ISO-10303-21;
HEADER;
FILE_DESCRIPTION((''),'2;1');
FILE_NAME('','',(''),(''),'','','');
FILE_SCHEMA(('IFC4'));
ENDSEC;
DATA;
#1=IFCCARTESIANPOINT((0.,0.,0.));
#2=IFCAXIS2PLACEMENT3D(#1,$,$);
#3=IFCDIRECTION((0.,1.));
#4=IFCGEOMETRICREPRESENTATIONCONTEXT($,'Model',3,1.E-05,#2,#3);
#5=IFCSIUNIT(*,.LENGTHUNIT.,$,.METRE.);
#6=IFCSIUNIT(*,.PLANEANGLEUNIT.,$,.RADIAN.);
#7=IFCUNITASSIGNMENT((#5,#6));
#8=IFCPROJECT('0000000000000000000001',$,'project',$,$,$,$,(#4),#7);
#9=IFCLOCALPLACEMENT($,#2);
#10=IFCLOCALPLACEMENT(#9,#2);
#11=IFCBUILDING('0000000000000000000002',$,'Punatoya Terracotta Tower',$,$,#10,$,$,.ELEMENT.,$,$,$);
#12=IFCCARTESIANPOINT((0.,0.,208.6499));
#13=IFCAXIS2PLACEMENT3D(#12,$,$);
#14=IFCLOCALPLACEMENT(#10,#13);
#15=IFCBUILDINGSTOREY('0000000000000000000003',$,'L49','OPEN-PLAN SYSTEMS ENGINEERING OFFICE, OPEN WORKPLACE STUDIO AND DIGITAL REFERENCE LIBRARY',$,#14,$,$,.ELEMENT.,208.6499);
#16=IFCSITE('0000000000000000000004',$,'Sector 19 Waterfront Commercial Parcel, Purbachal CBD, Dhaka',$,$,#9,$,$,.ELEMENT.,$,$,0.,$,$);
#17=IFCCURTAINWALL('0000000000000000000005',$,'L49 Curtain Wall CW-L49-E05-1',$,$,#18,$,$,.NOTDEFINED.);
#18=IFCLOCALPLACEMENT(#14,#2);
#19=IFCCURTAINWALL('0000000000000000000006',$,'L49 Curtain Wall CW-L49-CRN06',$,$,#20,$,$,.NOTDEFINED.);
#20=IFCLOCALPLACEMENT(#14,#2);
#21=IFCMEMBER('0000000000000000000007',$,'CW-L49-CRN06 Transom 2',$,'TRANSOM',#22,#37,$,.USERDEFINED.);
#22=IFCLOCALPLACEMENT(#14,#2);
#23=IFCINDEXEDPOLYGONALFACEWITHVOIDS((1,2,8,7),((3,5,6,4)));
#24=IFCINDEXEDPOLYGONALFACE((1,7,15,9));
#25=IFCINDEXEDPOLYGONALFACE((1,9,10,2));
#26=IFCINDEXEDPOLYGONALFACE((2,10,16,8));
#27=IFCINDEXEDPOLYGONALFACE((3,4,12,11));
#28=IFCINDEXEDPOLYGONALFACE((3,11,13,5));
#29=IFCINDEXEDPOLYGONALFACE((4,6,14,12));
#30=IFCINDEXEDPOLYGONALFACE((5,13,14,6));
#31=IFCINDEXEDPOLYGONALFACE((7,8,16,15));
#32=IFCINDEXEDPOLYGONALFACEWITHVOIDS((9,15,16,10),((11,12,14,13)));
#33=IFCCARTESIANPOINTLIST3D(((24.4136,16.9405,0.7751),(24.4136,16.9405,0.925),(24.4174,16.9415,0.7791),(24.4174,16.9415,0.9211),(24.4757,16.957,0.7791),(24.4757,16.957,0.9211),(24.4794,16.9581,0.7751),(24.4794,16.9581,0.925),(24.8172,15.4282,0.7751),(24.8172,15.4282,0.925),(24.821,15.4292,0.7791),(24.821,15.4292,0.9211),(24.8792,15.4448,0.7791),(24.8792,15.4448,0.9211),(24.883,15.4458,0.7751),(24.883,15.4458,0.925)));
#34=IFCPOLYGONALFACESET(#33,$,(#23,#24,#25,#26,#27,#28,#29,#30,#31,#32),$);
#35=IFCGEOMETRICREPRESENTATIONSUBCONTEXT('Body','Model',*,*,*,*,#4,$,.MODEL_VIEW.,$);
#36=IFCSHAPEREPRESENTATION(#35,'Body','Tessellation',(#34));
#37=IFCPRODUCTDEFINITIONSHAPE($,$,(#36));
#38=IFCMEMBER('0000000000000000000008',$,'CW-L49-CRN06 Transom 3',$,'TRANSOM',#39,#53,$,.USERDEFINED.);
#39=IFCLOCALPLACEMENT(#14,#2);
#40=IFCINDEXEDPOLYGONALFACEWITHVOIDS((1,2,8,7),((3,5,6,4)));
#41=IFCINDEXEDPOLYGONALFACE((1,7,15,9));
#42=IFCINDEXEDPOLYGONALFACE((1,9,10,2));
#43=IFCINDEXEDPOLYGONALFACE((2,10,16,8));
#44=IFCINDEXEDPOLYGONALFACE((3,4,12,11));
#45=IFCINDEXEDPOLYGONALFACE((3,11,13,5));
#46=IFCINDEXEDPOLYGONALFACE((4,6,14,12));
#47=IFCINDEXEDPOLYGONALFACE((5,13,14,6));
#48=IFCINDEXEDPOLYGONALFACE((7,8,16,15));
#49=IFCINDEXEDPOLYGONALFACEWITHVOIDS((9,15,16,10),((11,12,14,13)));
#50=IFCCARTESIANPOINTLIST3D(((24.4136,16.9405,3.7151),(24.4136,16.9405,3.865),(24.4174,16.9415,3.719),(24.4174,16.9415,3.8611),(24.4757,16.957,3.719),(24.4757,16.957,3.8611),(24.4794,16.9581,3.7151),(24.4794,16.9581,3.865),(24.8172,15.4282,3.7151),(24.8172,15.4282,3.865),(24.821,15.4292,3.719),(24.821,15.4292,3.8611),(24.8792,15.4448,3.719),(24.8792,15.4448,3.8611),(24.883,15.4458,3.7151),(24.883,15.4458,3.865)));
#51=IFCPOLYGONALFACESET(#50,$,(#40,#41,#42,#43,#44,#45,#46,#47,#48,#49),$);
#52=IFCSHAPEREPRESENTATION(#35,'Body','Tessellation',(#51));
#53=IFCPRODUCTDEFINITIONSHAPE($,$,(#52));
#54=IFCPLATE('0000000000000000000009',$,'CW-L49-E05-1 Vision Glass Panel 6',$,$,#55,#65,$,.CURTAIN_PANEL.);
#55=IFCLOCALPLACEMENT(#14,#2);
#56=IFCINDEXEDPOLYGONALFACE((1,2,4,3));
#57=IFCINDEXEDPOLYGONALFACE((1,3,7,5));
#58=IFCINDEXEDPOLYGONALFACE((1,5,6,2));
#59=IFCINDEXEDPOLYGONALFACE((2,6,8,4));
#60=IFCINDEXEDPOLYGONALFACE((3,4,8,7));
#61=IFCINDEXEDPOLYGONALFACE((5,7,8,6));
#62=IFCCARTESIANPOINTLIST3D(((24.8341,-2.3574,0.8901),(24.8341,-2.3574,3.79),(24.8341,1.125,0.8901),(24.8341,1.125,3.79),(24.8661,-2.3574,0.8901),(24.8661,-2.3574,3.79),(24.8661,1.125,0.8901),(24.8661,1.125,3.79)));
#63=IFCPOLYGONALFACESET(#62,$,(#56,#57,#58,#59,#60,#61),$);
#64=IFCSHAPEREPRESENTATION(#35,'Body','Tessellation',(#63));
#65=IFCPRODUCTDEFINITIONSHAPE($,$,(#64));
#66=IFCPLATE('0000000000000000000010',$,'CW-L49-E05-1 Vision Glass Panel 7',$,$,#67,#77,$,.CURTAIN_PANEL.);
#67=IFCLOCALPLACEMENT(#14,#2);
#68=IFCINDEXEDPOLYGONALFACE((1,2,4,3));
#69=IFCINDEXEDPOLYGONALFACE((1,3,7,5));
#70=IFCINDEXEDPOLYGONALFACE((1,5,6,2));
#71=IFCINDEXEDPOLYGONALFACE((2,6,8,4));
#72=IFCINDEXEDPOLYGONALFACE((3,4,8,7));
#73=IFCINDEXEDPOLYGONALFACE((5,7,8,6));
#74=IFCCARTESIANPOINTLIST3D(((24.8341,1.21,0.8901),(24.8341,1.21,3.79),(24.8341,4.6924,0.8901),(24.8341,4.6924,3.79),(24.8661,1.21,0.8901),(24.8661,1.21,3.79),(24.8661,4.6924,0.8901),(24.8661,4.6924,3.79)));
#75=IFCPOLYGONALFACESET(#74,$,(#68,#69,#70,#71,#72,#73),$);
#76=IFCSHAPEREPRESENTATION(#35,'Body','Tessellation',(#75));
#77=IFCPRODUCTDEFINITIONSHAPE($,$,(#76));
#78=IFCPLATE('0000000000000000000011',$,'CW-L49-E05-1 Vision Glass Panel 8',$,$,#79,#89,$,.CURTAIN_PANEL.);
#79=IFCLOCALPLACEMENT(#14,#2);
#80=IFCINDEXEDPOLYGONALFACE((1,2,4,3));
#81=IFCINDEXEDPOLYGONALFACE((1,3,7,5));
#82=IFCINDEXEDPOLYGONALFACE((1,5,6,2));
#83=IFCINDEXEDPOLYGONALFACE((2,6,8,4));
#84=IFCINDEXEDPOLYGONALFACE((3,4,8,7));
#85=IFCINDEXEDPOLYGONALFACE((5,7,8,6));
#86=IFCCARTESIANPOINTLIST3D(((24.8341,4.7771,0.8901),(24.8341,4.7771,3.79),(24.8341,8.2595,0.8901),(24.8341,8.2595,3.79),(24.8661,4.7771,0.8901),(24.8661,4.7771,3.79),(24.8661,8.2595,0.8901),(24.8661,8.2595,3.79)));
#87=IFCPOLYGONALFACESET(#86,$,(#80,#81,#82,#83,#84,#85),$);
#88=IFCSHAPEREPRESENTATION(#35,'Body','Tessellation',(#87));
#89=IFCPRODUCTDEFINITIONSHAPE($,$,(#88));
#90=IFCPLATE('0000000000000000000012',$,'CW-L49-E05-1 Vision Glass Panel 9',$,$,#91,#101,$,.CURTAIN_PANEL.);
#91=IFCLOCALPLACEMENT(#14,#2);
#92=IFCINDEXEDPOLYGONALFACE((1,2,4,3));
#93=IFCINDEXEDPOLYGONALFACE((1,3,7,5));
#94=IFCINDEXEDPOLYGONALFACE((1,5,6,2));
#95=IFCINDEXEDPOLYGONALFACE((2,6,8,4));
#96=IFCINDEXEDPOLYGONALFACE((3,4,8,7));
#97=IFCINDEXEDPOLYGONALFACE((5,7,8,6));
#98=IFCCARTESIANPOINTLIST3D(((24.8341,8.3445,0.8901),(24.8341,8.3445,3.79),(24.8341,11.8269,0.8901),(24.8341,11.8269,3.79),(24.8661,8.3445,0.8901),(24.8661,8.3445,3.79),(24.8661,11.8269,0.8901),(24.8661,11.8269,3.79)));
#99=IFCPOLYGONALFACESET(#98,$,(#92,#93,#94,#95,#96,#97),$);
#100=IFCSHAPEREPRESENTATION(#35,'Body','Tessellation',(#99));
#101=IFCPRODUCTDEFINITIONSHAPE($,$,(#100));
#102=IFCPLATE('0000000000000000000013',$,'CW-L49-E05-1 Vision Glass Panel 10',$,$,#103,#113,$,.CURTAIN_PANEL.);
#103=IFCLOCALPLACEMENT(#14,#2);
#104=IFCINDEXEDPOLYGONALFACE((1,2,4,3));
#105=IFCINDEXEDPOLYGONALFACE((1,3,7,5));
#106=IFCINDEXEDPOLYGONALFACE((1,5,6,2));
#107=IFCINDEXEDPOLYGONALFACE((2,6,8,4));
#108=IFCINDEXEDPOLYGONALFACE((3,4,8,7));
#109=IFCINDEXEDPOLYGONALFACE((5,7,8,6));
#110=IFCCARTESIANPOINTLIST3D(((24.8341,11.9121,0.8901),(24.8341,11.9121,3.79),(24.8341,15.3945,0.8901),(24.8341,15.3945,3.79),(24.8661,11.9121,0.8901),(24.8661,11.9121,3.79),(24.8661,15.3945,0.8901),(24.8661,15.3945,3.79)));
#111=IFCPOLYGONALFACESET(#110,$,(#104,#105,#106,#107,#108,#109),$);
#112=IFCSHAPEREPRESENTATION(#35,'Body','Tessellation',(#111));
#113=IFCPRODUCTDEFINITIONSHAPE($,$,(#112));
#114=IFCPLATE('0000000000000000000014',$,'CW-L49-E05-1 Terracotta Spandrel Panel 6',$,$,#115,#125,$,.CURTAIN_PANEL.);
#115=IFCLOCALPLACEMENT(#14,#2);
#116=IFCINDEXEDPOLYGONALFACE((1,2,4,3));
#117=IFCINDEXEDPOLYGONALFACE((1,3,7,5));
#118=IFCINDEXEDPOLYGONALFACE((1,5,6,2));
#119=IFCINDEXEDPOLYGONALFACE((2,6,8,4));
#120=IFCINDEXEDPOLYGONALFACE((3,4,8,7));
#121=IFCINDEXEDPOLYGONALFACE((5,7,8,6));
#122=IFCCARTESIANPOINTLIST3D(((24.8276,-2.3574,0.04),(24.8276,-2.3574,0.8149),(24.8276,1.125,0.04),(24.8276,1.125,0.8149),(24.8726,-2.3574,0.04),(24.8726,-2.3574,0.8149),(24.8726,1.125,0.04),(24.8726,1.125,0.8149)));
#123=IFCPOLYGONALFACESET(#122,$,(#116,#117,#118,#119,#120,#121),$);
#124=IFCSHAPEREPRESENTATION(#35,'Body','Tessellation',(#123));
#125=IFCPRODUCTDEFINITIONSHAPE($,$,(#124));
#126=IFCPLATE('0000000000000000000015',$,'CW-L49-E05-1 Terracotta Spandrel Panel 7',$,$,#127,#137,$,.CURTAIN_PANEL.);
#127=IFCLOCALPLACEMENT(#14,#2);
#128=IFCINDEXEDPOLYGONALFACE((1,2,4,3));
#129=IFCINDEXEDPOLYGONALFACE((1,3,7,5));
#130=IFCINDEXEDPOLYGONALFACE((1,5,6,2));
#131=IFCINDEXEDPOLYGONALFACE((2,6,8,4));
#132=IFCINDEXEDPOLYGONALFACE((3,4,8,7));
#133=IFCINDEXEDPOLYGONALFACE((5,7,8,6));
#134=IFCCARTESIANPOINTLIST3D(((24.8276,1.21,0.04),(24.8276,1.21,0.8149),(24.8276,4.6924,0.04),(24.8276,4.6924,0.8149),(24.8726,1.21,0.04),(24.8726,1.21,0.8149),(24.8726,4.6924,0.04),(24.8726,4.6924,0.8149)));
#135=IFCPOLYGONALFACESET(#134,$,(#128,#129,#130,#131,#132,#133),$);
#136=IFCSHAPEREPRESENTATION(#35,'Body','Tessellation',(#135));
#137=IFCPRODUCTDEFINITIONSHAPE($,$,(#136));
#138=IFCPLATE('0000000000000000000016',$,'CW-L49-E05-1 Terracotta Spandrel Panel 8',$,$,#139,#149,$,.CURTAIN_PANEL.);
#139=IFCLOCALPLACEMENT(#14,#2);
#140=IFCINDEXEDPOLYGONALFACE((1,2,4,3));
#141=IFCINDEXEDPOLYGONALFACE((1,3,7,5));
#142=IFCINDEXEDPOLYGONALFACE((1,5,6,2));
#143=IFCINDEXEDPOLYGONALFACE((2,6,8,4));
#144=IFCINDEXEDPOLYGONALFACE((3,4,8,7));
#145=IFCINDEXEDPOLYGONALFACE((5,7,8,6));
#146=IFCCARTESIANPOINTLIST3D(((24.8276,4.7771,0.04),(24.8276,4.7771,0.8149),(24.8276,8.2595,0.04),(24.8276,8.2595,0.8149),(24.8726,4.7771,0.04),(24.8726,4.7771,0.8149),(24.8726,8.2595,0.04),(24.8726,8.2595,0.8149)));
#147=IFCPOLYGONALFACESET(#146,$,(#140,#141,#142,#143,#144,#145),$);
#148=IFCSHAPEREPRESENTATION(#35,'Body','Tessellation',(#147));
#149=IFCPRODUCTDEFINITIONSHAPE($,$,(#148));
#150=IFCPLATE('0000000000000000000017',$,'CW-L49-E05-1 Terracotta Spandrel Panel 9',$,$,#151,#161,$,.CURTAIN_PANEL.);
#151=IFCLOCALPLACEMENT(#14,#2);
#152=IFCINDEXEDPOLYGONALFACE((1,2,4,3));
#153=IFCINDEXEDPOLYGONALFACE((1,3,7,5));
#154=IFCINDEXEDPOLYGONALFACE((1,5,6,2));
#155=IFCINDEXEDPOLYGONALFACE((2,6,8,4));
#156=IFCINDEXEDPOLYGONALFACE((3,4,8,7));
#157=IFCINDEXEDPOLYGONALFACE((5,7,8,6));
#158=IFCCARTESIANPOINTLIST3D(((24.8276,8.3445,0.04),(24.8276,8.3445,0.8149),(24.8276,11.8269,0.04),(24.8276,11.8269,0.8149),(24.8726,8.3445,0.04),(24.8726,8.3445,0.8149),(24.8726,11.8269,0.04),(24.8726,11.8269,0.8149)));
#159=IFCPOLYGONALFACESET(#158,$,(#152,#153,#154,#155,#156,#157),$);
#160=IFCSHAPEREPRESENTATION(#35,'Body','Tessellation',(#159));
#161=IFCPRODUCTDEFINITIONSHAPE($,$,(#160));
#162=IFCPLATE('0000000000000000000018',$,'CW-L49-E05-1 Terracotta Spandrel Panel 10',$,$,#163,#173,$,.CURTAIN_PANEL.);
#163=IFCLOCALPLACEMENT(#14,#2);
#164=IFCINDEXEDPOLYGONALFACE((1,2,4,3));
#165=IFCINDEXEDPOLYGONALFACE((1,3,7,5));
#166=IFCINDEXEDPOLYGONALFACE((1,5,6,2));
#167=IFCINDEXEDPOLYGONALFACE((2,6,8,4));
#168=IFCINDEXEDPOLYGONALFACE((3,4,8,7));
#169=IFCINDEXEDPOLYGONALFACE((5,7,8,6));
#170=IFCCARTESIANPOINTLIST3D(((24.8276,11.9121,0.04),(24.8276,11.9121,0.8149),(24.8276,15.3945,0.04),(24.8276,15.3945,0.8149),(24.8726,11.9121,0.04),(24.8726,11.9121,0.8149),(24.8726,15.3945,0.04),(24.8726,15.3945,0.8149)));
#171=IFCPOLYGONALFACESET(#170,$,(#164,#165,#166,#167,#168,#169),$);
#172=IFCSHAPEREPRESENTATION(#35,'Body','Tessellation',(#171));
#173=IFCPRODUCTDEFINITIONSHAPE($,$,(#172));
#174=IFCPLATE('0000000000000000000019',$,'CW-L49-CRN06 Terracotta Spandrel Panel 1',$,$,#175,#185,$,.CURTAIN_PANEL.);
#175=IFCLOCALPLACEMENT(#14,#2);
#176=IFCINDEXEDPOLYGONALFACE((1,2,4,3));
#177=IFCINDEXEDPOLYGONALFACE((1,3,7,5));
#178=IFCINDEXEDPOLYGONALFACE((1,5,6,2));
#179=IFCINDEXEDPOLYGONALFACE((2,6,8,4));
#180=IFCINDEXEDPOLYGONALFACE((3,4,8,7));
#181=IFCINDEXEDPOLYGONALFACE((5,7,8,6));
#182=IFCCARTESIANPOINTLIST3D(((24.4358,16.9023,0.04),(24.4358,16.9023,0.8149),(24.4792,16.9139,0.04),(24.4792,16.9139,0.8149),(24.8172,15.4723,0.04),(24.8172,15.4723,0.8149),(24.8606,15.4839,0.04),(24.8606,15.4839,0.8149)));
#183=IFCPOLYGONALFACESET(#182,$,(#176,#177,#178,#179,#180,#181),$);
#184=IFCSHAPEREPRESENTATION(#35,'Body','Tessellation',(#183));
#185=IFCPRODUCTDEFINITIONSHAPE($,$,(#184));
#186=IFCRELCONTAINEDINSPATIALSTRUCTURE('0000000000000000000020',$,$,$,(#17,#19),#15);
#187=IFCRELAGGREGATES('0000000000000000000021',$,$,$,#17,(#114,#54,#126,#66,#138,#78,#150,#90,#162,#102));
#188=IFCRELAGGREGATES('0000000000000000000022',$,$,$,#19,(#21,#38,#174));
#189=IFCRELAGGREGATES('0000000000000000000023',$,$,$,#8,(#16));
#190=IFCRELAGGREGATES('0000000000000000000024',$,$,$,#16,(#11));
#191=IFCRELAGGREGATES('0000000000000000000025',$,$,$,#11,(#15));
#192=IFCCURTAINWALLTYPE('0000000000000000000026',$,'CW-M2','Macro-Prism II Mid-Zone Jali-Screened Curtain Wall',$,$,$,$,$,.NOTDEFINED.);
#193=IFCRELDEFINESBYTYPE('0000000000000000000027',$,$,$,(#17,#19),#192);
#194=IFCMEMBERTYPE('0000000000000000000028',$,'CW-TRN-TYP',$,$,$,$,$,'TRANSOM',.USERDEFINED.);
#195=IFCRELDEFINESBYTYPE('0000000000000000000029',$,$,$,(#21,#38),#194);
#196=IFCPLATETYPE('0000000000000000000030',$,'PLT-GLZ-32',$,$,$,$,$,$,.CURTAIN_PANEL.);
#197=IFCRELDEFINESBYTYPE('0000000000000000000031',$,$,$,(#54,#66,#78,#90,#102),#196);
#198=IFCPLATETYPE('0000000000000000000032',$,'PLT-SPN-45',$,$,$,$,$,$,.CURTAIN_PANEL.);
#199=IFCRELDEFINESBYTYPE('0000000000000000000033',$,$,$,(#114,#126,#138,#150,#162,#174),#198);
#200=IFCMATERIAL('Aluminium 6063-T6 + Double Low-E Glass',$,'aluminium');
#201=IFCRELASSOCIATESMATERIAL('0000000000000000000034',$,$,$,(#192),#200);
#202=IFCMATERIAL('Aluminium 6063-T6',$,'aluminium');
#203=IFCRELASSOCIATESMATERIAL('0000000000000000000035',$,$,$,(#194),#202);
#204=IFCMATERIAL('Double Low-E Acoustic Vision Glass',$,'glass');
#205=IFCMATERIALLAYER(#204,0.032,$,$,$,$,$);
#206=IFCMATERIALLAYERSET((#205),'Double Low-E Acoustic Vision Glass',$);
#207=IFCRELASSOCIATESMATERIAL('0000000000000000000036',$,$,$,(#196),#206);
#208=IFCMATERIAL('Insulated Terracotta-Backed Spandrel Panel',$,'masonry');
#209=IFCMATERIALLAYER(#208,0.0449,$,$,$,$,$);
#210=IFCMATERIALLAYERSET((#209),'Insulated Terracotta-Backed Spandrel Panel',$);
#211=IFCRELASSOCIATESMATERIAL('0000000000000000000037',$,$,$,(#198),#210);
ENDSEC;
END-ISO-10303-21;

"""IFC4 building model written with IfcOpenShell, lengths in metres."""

from ifc_helpers import new_model, si_unit, direction, frame, origin, origin_2d, place, context, subcontext, project, spatial, rectangle, hollow_rectangle, extrude, material, layer, layer_set, material_profile, profile_set, type_object, element, aggregate, save


model = new_model("IFC4")

# Units and contexts
model_context = context("Model", 3, precision=1e-05, world=origin(), true_north=direction((0.0, 1.0)))
body_context = subcontext(model_context, "Body", "Model", "MODEL_VIEW")
ifc_project = project(units=[si_unit("LENGTHUNIT", "METRE"), si_unit("PLANEANGLEUNIT", "RADIAN")], contexts=[model_context])

# Site, building, storey
site_placement = place(None, origin())
site = spatial("IfcSite", under=ifc_project, at=site_placement, Name="Sector 19 Waterfront Commercial Parcel, Purbachal CBD, Dhaka", CompositionType="ELEMENT", RefElevation=0.0)
building_placement = place(site_placement, origin())
building = spatial("IfcBuilding", under=site, at=building_placement, Name="Punatoya Terracotta Tower", CompositionType="ELEMENT")
storey_placement = place(building_placement, frame((0.0, 0.0, 208.6499)))
storey = spatial("IfcBuildingStorey", under=building, at=storey_placement, Name="L49", Description="OPEN-PLAN SYSTEMS ENGINEERING OFFICE, OPEN WORKPLACE STUDIO AND DIGITAL REFERENCE LIBRARY", CompositionType="ELEMENT", Elevation=208.6499)

# Curtain walls, members
ifc_material_1 = material(Name="Aluminium 6063-T6 + Double Low-E Glass", Category="aluminium")
curtain_wall_type = type_object("IfcCurtainWallType", Name="CW-M2", Description="Macro-Prism II Mid-Zone Jali-Screened Curtain Wall", PredefinedType="NOTDEFINED", material=ifc_material_1)
curtain_wall_1_placement = place(storey_placement, origin())
curtain_wall_1 = element("IfcCurtainWall", 1, at=curtain_wall_1_placement, inside=storey, type_object=curtain_wall_type, Name="L49 Curtain Wall CW-L49-E05-1", PredefinedType="NOTDEFINED")
ifc_material_2 = material(Name="Aluminium 6063-T6", Category="aluminium")
curtain_wall_2_placement = place(storey_placement, origin())
curtain_wall_2 = element("IfcCurtainWall", 2, at=curtain_wall_2_placement, inside=storey, type_object=curtain_wall_type, Name="L49 Curtain Wall CW-L49-CRN06", PredefinedType="NOTDEFINED")
ifc_material_profile_1 = material_profile(ifc_material_2, hollow_rectangle(XDim=0.0681, YDim=0.1499, WallThickness=0.0039, at=origin_2d()))
ifc_profile_set_1 = profile_set([ifc_material_profile_1], Name="Aluminium 6063-T6")
member_type_1 = type_object("IfcMemberType", Name="CW-TRN-TYP", ElementType="TRANSOM", PredefinedType="USERDEFINED", material=ifc_profile_set_1)
member_1_placement = place(storey_placement, frame((24.8501, 15.437, 0.8501), z_axis=(-0.257847, 0.966186, 0.0), x_axis=(-0.966186, -0.257847, 0.0)))
member_1 = element("IfcMember", 3, at=member_1_placement, type_object=member_type_1, Name="CW-L49-CRN06 Transom 2", ObjectType="TRANSOM", PredefinedType="USERDEFINED", context=body_context, shape_type="SweptSolid", body=[
    extrude(hollow_rectangle(XDim=0.0681, YDim=0.1499, WallThickness=0.0039, at=origin_2d()), origin(), (0.0, 0.0, 1.0), 1.5652),
])
member_2_placement = place(storey_placement, frame((24.8501, 15.437, 3.79), z_axis=(-0.257847, 0.966186, 0.0), x_axis=(-0.966186, -0.257847, 0.0)))
member_2 = element("IfcMember", 4, at=member_2_placement, type_object=member_type_1, Name="CW-L49-CRN06 Transom 3", ObjectType="TRANSOM", PredefinedType="USERDEFINED", context=body_context, shape_type="SweptSolid", body=[
    extrude(hollow_rectangle(XDim=0.0681, YDim=0.1499, WallThickness=0.0039, at=origin_2d()), origin(), (0.0, 0.0, 1.0), 1.5652),
])

# Plates
ifc_material_3 = material(Name="Double Low-E Acoustic Vision Glass", Category="glass")
ifc_layer_1 = layer(ifc_material_3, 0.032)
ifc_layer_set_1 = layer_set([ifc_layer_1], Name="Double Low-E Acoustic Vision Glass")
plate_type_1 = type_object("IfcPlateType", Name="PLT-GLZ-32", PredefinedType="CURTAIN_PANEL", material=ifc_layer_set_1)
plate_1_placement = place(storey_placement, frame((24.8501, -0.6162, 0.8901), z_axis=(0.0, 0.0, 1.0), x_axis=(0.0, 1.0, 0.0)))
plate_1 = element("IfcPlate", 5, at=plate_1_placement, type_object=plate_type_1, Name="CW-L49-E05-1 Vision Glass Panel 6", PredefinedType="CURTAIN_PANEL", context=body_context, shape_type="SweptSolid", body=[
    extrude(rectangle(XDim=3.4824, YDim=0.032, at=origin_2d()), origin(), (0.0, 0.0, 1.0), 2.8999),
])
plate_2_placement = place(storey_placement, frame((24.8501, 2.9512, 0.8901), z_axis=(0.0, 0.0, 1.0), x_axis=(0.0, 1.0, 0.0)))
plate_2 = element("IfcPlate", 6, at=plate_2_placement, type_object=plate_type_1, Name="CW-L49-E05-1 Vision Glass Panel 7", PredefinedType="CURTAIN_PANEL", context=body_context, shape_type="SweptSolid", body=[
    extrude(rectangle(XDim=3.4824, YDim=0.032, at=origin_2d()), origin(), (0.0, 0.0, 1.0), 2.8999),
])
plate_3_placement = place(storey_placement, frame((24.8501, 6.5183, 0.8901), z_axis=(0.0, 0.0, 1.0), x_axis=(0.0, 1.0, 0.0)))
plate_3 = element("IfcPlate", 7, at=plate_3_placement, type_object=plate_type_1, Name="CW-L49-E05-1 Vision Glass Panel 8", PredefinedType="CURTAIN_PANEL", context=body_context, shape_type="SweptSolid", body=[
    extrude(rectangle(XDim=3.4824, YDim=0.032, at=origin_2d()), origin(), (0.0, 0.0, 1.0), 2.8999),
])
plate_4_placement = place(storey_placement, frame((24.8501, 10.0857, 0.8901), z_axis=(0.0, 0.0, 1.0), x_axis=(0.0, 1.0, 0.0)))
plate_4 = element("IfcPlate", 8, at=plate_4_placement, type_object=plate_type_1, Name="CW-L49-E05-1 Vision Glass Panel 9", PredefinedType="CURTAIN_PANEL", context=body_context, shape_type="SweptSolid", body=[
    extrude(rectangle(XDim=3.4824, YDim=0.032, at=origin_2d()), origin(), (0.0, 0.0, 1.0), 2.8999),
])
plate_5_placement = place(storey_placement, frame((24.8501, 13.6533, 0.8901), z_axis=(0.0, 0.0, 1.0), x_axis=(0.0, 1.0, 0.0)))
plate_5 = element("IfcPlate", 9, at=plate_5_placement, type_object=plate_type_1, Name="CW-L49-E05-1 Vision Glass Panel 10", PredefinedType="CURTAIN_PANEL", context=body_context, shape_type="SweptSolid", body=[
    extrude(rectangle(XDim=3.4824, YDim=0.032, at=origin_2d()), origin(), (0.0, 0.0, 1.0), 2.8999),
])
ifc_material_4 = material(Name="Insulated Terracotta-Backed Spandrel Panel", Category="masonry")
ifc_layer_2 = layer(ifc_material_4, 0.0449)
ifc_layer_set_2 = layer_set([ifc_layer_2], Name="Insulated Terracotta-Backed Spandrel Panel")
plate_type_2 = type_object("IfcPlateType", Name="PLT-SPN-45", PredefinedType="CURTAIN_PANEL", material=ifc_layer_set_2)
plate_6_placement = place(storey_placement, frame((24.8501, -0.6162, 0.04), z_axis=(0.0, 0.0, 1.0), x_axis=(0.0, 1.0, 0.0)))
plate_6 = element("IfcPlate", 10, at=plate_6_placement, type_object=plate_type_2, Name="CW-L49-E05-1 Terracotta Spandrel Panel 6", PredefinedType="CURTAIN_PANEL", context=body_context, shape_type="SweptSolid", body=[
    extrude(rectangle(XDim=3.4824, YDim=0.0449, at=origin_2d()), origin(), (0.0, 0.0, 1.0), 0.7749),
])
plate_7_placement = place(storey_placement, frame((24.8501, 2.9512, 0.04), z_axis=(0.0, 0.0, 1.0), x_axis=(0.0, 1.0, 0.0)))
plate_7 = element("IfcPlate", 11, at=plate_7_placement, type_object=plate_type_2, Name="CW-L49-E05-1 Terracotta Spandrel Panel 7", PredefinedType="CURTAIN_PANEL", context=body_context, shape_type="SweptSolid", body=[
    extrude(rectangle(XDim=3.4824, YDim=0.0449, at=origin_2d()), origin(), (0.0, 0.0, 1.0), 0.7749),
])
plate_8_placement = place(storey_placement, frame((24.8501, 6.5183, 0.04), z_axis=(0.0, 0.0, 1.0), x_axis=(0.0, 1.0, 0.0)))
plate_8 = element("IfcPlate", 12, at=plate_8_placement, type_object=plate_type_2, Name="CW-L49-E05-1 Terracotta Spandrel Panel 8", PredefinedType="CURTAIN_PANEL", context=body_context, shape_type="SweptSolid", body=[
    extrude(rectangle(XDim=3.4824, YDim=0.0449, at=origin_2d()), origin(), (0.0, 0.0, 1.0), 0.7749),
])
plate_9_placement = place(storey_placement, frame((24.8501, 10.0857, 0.04), z_axis=(0.0, 0.0, 1.0), x_axis=(0.0, 1.0, 0.0)))
plate_9 = element("IfcPlate", 13, at=plate_9_placement, type_object=plate_type_2, Name="CW-L49-E05-1 Terracotta Spandrel Panel 9", PredefinedType="CURTAIN_PANEL", context=body_context, shape_type="SweptSolid", body=[
    extrude(rectangle(XDim=3.4824, YDim=0.0449, at=origin_2d()), origin(), (0.0, 0.0, 1.0), 0.7749),
])
plate_10_placement = place(storey_placement, frame((24.8501, 13.6533, 0.04), z_axis=(0.0, 0.0, 1.0), x_axis=(0.0, 1.0, 0.0)))
plate_10 = element("IfcPlate", 14, at=plate_10_placement, type_object=plate_type_2, Name="CW-L49-E05-1 Terracotta Spandrel Panel 10", PredefinedType="CURTAIN_PANEL", context=body_context, shape_type="SweptSolid", body=[
    extrude(rectangle(XDim=3.4824, YDim=0.0449, at=origin_2d()), origin(), (0.0, 0.0, 1.0), 0.7749),
])
aggregate(curtain_wall_1, [plate_6, plate_1, plate_7, plate_2, plate_8, plate_3, plate_9, plate_4, plate_10, plate_5])
plate_11_placement = place(storey_placement, frame((24.6482, 16.1931, 0.04), z_axis=(0.0, 0.0, 1.0), x_axis=(-0.257742, 0.966214, 0.0)))
plate_11 = element("IfcPlate", 15, at=plate_11_placement, type_object=plate_type_2, Name="CW-L49-CRN06 Terracotta Spandrel Panel 1", PredefinedType="CURTAIN_PANEL", context=body_context, shape_type="SweptSolid", body=[
    extrude(rectangle(XDim=1.48, YDim=0.0449, at=origin_2d()), origin(), (0.0, 0.0, 1.0), 0.7749),
])
aggregate(curtain_wall_2, [member_1, member_2, plate_11])

save(model, "model.ifc")
